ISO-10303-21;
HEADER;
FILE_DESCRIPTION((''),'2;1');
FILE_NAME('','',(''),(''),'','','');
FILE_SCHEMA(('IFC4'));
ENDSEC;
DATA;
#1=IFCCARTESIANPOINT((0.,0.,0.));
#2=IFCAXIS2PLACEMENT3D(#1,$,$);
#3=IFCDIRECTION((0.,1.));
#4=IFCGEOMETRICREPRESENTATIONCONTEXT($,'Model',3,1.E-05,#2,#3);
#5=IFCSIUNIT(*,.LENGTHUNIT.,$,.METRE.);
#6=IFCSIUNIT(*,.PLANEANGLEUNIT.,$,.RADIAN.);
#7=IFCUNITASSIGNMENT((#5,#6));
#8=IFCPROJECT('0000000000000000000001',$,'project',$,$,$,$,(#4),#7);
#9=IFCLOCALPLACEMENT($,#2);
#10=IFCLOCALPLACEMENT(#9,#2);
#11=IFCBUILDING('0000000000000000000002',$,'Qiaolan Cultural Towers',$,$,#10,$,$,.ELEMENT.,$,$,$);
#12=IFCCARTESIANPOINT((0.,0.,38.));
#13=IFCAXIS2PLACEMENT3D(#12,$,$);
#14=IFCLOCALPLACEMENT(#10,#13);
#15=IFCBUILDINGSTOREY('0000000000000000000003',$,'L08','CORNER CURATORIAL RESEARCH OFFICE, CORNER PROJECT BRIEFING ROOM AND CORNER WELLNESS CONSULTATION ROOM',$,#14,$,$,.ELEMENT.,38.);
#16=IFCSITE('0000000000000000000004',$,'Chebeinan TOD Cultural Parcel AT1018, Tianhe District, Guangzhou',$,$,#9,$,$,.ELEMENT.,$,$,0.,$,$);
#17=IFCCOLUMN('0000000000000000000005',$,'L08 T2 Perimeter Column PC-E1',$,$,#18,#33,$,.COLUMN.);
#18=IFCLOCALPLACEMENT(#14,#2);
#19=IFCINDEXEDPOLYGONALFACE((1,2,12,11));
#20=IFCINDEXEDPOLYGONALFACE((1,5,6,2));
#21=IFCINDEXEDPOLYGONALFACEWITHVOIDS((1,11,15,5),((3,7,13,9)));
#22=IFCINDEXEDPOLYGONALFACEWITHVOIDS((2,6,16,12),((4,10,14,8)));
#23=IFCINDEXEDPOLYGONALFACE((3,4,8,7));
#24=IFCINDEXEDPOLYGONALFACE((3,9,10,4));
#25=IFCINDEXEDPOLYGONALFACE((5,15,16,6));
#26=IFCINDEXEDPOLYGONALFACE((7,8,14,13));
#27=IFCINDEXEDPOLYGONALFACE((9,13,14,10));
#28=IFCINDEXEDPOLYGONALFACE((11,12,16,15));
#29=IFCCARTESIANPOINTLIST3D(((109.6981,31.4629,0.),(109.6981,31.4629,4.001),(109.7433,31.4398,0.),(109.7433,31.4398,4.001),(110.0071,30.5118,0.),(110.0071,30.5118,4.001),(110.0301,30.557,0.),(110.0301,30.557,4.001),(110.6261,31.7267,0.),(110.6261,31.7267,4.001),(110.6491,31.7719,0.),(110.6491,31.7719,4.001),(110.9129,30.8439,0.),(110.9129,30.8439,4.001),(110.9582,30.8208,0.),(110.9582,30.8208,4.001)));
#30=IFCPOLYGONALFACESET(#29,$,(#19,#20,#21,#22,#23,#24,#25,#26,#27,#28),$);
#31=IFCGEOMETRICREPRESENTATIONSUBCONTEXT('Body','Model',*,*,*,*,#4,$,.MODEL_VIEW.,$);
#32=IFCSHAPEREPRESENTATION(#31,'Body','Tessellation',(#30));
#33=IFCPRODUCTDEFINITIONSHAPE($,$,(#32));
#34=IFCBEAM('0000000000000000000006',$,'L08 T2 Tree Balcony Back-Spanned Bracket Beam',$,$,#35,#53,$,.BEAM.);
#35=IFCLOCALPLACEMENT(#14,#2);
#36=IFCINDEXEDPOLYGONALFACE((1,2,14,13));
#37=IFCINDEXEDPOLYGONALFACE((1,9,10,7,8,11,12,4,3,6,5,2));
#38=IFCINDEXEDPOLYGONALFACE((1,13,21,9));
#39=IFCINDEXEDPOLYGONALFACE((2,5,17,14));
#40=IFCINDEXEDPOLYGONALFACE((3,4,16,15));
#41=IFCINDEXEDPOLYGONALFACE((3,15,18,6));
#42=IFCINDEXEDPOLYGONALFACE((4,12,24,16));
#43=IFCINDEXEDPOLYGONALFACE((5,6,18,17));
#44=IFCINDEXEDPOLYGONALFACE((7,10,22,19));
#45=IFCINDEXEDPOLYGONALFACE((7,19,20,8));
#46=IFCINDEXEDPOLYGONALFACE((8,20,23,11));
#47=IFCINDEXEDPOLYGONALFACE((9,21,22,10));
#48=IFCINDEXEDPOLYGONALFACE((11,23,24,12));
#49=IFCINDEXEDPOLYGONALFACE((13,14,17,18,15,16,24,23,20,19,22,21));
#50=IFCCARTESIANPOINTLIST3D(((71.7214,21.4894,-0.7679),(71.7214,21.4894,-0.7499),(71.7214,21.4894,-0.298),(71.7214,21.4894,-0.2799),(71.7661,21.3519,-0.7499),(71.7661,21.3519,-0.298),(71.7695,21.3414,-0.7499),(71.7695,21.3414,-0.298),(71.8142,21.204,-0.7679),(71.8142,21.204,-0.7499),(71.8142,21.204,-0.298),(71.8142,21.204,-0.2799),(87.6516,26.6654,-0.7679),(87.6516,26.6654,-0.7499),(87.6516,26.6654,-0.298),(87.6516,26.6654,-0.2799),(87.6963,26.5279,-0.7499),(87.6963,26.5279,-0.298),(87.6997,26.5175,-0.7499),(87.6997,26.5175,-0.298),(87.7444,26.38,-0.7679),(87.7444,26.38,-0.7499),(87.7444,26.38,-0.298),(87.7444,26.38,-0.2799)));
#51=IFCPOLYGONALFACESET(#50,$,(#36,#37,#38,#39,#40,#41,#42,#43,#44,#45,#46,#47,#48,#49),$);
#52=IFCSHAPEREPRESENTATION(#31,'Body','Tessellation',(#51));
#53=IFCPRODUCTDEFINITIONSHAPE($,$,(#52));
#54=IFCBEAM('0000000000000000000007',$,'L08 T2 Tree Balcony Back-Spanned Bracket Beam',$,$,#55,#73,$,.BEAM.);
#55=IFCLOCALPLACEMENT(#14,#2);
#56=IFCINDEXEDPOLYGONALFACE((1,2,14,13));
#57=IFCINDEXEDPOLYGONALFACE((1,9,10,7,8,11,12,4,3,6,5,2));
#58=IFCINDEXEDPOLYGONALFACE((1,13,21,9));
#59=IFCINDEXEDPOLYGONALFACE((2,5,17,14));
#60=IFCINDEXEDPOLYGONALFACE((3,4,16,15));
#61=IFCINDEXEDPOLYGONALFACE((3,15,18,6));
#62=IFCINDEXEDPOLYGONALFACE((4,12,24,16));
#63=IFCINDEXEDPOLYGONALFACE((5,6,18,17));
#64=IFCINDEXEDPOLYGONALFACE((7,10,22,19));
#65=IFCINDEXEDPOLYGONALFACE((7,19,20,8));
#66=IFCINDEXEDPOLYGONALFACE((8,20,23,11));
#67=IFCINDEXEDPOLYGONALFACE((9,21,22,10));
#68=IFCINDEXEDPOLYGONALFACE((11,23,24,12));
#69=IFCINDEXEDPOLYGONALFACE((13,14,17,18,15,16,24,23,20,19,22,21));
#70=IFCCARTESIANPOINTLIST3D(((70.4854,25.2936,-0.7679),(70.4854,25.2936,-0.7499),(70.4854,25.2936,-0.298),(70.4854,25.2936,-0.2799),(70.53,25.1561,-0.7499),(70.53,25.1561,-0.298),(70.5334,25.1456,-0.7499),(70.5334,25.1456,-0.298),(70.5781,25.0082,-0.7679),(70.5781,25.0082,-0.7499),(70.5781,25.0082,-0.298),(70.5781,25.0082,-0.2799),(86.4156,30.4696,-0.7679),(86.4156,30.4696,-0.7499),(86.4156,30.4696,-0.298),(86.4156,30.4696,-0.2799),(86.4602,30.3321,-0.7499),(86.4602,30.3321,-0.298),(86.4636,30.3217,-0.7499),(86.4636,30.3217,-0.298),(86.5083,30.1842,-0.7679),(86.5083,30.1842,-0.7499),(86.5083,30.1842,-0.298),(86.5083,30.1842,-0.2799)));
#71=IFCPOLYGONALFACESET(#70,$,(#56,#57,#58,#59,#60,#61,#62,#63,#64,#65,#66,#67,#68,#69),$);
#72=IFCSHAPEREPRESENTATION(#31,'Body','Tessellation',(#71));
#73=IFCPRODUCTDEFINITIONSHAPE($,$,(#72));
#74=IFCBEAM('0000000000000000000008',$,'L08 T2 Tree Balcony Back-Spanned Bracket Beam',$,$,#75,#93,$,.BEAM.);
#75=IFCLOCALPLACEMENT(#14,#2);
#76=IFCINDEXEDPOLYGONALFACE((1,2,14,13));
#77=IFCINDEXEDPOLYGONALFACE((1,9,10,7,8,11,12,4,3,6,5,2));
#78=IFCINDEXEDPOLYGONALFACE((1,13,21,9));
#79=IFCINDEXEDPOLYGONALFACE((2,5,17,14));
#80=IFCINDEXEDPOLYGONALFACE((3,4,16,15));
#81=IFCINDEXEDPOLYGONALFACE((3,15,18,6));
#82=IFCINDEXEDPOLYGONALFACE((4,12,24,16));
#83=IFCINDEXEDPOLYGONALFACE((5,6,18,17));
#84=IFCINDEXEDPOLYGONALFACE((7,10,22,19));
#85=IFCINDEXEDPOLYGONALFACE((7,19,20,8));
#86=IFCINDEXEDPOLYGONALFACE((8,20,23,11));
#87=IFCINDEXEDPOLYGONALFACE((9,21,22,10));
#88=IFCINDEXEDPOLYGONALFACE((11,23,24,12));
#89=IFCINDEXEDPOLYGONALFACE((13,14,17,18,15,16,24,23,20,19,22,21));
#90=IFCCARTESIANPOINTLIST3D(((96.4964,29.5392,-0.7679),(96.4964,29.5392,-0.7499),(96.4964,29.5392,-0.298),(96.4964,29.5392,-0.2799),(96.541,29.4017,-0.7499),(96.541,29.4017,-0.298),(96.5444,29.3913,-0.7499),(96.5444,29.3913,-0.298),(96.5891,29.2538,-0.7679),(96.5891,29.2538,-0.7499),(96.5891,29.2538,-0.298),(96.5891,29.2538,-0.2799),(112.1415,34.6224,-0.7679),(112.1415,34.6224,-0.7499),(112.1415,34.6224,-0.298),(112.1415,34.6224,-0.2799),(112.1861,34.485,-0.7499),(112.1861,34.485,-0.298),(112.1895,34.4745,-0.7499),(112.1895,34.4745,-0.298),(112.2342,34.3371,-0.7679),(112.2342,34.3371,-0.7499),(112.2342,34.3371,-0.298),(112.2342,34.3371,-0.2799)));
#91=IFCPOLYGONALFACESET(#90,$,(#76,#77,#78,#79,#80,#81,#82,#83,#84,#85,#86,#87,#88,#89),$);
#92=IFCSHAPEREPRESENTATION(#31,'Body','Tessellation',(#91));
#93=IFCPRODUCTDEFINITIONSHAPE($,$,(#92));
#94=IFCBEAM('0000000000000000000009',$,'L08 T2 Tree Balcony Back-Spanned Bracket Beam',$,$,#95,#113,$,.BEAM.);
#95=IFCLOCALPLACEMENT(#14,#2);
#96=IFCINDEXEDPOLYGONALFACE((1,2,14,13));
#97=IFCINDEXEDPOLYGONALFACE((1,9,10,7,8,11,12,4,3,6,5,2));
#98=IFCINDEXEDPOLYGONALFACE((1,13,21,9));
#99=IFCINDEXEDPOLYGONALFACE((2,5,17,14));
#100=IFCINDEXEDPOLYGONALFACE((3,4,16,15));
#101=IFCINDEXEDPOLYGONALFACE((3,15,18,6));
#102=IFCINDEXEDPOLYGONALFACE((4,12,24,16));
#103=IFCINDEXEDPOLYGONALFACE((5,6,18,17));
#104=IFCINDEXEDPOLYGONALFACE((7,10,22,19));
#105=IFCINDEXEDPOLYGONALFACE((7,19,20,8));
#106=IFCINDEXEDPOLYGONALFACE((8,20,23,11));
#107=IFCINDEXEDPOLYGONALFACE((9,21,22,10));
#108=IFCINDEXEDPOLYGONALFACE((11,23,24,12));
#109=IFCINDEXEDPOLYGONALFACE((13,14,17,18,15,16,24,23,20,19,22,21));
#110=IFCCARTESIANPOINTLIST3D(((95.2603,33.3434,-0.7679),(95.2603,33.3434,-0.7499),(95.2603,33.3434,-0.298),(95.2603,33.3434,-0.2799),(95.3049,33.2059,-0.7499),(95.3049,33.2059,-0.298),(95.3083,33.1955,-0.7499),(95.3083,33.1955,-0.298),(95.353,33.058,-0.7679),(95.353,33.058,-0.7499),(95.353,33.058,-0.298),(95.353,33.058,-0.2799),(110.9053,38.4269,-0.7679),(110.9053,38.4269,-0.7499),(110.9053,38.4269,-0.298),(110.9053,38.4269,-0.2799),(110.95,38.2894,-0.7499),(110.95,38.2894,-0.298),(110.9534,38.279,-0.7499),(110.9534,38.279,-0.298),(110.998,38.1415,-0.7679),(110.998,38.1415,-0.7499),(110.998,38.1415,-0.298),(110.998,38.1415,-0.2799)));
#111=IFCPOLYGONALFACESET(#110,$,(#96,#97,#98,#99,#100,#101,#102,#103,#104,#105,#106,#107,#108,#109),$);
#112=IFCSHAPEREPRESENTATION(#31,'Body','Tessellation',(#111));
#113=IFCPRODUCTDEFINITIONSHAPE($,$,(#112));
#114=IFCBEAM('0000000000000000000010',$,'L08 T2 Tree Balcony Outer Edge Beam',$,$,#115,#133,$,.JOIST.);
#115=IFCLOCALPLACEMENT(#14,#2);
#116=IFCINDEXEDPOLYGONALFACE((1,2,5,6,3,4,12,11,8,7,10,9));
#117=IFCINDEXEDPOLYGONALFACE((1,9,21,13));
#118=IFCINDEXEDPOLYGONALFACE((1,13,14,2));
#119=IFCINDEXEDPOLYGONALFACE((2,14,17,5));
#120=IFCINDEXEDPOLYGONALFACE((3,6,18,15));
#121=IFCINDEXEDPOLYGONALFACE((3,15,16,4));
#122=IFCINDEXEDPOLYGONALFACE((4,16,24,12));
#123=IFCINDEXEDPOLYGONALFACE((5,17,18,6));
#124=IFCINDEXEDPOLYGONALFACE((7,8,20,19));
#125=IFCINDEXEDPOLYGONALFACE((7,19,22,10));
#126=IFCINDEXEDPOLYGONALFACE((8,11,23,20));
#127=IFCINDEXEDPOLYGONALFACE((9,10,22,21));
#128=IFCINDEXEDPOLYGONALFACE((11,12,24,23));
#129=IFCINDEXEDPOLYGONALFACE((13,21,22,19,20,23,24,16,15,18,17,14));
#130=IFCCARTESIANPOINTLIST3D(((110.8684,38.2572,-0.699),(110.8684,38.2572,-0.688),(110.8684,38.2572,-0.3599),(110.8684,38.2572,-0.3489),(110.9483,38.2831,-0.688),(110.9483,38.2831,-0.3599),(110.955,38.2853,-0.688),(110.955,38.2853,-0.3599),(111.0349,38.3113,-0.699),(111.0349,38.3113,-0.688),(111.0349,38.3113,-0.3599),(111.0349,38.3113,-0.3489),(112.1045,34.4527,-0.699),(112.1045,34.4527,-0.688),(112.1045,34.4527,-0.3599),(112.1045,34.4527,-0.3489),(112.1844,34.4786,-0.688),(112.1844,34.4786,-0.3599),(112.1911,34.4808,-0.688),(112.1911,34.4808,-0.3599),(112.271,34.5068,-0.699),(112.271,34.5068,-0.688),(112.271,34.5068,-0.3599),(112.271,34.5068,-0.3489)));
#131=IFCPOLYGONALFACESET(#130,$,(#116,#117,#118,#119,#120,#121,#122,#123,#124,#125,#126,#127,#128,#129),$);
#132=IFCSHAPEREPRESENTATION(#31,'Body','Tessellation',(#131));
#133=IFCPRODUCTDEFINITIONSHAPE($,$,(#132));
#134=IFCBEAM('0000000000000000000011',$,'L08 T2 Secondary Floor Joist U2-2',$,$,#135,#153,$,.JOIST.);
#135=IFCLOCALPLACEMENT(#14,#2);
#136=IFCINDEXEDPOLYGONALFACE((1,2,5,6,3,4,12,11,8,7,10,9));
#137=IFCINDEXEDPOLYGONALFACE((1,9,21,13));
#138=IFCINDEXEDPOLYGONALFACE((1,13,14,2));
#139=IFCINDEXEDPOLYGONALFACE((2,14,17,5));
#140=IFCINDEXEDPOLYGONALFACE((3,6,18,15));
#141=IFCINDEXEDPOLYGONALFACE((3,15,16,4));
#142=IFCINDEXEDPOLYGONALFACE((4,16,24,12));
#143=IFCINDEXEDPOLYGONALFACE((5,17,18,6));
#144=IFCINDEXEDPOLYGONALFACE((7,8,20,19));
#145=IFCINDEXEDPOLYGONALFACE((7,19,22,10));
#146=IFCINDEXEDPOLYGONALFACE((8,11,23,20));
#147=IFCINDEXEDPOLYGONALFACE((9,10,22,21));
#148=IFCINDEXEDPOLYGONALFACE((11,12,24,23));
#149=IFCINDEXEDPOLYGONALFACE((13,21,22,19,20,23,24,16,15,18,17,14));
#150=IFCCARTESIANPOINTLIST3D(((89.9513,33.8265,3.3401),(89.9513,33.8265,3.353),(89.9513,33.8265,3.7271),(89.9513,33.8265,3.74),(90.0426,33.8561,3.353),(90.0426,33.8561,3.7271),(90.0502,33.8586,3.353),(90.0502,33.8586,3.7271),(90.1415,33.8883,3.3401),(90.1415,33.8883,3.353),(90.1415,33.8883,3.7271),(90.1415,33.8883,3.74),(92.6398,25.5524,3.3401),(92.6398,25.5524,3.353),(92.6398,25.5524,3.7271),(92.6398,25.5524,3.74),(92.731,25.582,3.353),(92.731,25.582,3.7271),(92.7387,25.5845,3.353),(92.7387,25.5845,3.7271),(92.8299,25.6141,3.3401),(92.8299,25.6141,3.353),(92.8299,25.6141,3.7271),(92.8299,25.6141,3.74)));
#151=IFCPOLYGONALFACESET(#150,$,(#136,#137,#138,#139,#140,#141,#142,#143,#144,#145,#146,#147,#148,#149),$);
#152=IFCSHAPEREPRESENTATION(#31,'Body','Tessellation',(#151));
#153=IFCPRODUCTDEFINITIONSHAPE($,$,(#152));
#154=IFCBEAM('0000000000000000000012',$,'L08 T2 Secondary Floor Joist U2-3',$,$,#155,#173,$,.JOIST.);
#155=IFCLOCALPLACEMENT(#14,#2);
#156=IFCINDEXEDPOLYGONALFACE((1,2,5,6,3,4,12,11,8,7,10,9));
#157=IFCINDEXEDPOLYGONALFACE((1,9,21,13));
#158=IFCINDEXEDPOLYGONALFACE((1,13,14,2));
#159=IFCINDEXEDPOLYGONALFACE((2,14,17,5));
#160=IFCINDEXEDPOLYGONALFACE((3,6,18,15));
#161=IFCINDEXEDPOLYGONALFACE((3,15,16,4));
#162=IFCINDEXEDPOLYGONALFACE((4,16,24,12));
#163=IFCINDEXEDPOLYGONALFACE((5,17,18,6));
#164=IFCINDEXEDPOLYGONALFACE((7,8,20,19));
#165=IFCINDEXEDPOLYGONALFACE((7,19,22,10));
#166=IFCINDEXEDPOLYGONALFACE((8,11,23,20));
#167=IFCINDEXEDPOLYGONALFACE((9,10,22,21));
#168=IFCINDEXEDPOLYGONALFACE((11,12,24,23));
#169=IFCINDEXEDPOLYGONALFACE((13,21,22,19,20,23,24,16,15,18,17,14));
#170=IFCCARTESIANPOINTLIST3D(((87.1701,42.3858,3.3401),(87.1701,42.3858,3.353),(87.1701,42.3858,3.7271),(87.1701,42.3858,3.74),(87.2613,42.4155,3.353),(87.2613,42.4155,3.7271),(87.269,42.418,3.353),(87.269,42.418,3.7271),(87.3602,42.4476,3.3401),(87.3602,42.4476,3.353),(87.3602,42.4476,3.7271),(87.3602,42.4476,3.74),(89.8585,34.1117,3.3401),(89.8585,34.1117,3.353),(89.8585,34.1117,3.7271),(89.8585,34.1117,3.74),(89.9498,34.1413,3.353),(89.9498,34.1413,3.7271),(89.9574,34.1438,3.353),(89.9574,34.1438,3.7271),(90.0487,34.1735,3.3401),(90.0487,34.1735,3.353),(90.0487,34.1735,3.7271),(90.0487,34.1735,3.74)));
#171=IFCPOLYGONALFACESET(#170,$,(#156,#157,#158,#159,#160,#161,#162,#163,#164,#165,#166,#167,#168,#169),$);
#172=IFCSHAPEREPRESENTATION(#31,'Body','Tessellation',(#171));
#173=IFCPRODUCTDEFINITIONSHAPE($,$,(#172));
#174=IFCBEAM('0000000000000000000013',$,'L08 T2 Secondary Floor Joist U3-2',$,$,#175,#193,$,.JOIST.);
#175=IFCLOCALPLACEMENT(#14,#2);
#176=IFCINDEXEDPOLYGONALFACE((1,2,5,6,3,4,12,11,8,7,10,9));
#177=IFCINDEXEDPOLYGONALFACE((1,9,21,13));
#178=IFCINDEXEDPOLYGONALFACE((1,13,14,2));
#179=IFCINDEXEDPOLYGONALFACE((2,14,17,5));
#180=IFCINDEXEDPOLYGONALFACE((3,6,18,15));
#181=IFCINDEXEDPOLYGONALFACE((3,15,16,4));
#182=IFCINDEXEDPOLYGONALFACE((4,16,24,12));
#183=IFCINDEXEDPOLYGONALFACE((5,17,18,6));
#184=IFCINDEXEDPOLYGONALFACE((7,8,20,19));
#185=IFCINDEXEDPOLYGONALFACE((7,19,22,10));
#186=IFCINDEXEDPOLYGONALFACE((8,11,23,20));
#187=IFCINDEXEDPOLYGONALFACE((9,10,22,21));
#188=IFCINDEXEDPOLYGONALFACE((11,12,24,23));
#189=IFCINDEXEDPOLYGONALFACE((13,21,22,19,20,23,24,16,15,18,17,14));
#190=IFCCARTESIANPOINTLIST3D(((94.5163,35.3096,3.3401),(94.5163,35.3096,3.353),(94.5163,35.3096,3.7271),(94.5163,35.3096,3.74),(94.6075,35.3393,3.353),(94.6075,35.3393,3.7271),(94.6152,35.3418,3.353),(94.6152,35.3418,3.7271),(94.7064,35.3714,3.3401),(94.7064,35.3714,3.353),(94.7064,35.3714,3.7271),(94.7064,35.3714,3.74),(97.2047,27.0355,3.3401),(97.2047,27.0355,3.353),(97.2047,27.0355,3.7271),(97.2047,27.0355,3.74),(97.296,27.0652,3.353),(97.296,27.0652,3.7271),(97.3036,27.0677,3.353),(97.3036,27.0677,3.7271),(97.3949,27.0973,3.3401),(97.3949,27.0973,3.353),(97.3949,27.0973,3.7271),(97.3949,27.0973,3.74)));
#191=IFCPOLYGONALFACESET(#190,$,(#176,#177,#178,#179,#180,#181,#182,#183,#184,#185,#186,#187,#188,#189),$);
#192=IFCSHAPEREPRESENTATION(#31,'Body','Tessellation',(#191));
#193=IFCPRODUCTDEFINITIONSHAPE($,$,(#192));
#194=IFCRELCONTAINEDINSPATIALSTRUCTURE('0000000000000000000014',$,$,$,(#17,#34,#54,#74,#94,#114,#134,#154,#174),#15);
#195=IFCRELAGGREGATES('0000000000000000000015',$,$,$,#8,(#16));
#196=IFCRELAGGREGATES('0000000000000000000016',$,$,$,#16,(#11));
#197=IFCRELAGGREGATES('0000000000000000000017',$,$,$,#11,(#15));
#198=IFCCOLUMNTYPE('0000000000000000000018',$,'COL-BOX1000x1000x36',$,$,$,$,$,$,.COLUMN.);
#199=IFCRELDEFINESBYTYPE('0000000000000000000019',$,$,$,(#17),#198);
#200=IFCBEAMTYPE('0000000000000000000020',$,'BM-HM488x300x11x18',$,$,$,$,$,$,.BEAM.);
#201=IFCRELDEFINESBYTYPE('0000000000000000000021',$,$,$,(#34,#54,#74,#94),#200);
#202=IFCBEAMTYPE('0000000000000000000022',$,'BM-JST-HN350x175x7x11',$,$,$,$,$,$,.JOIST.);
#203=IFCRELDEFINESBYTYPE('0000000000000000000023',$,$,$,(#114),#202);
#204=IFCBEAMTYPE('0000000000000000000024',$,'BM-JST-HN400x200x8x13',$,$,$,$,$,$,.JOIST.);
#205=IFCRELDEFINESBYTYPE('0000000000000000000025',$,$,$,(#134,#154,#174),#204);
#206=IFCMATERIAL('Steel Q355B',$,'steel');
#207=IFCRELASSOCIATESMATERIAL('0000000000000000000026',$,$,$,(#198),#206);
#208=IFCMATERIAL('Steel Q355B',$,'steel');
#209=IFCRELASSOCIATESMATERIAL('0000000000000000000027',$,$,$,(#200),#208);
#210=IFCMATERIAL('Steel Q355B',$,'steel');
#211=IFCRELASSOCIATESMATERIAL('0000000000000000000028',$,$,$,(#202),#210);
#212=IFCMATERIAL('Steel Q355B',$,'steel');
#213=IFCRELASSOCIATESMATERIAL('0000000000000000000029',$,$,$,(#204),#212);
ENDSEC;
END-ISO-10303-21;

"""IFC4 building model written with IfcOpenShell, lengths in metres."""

from ifc_helpers import new_model, si_unit, direction, frame, origin, origin_2d, place, context, subcontext, project, spatial, hollow_rectangle, i_section, extrude, material, material_profile, profile_set, type_object, element, save


model = new_model("IFC4")

# Units and contexts
model_context = context("Model", 3, precision=1e-05, world=origin(), true_north=direction((0.0, 1.0)))
body_context = subcontext(model_context, "Body", "Model", "MODEL_VIEW")
ifc_project = project(units=[si_unit("LENGTHUNIT", "METRE"), si_unit("PLANEANGLEUNIT", "RADIAN")], contexts=[model_context])

# Site, building, storey
site_placement = place(None, origin())
site = spatial("IfcSite", under=ifc_project, at=site_placement, Name="Chebeinan TOD Cultural Parcel AT1018, Tianhe District, Guangzhou", CompositionType="ELEMENT", RefElevation=0.0)
building_placement = place(site_placement, origin())
building = spatial("IfcBuilding", under=site, at=building_placement, Name="Qiaolan Cultural Towers", CompositionType="ELEMENT")
storey_placement = place(building_placement, frame((0.0, 0.0, 38.0)))
storey = spatial("IfcBuildingStorey", under=building, at=storey_placement, Name="L08", Description="CORNER CURATORIAL RESEARCH OFFICE, CORNER PROJECT BRIEFING ROOM AND CORNER WELLNESS CONSULTATION ROOM", CompositionType="ELEMENT", Elevation=38.0)

# Column
ifc_material_1 = material(Name="Steel Q355B", Category="steel")
ifc_material_profile_1 = material_profile(ifc_material_1, hollow_rectangle(XDim=1.0, YDim=1.0, WallThickness=0.0359, at=origin_2d()), Name="BOX1000x1000x36")
ifc_profile_set_1 = profile_set([ifc_material_profile_1], Name="Steel Q355B")
column_type = type_object("IfcColumnType", Name="COL-BOX1000x1000x36", PredefinedType="COLUMN", material=ifc_profile_set_1)
column_placement = place(storey_placement, frame((110.3281, 31.1418, 0.0), z_axis=(0.0, 0.0, 1.0), x_axis=(0.951057, 0.309017, 0.0)))
element("IfcColumn", 1, at=column_placement, inside=storey, type_object=column_type, Name="L08 T2 Perimeter Column PC-E1", PredefinedType="COLUMN", context=body_context, shape_type="SweptSolid", body=[
    extrude(hollow_rectangle(XDim=1.0, YDim=1.0, WallThickness=0.0359, at=origin_2d()), origin(), (0.0, 0.0, 1.0), 4.001),
])

# Beams
ifc_material_2 = material(Name="Steel Q355B", Category="steel")
ifc_material_profile_2 = material_profile(ifc_material_2, i_section(OverallWidth=0.3, OverallDepth=0.488, WebThickness=0.011, FlangeThickness=0.0181, at=origin_2d()), Name="HM488x300x11x18")
ifc_profile_set_2 = profile_set([ifc_material_profile_2], Name="Steel Q355B")
beam_type_1 = type_object("IfcBeamType", Name="BM-HM488x300x11x18", PredefinedType="BEAM", material=ifc_profile_set_2)
for number, where, z_axis, x_axis, name in (
    (2, (87.698, 26.5227, -0.5239), (-0.951057, -0.309017, 0.0), (0.309017, -0.951057, 0.0), "L08 T2 Tree Balcony Back-Spanned Bracket Beam"),
    (3, (86.4619, 30.3269, -0.5239), (-0.951057, -0.309017, 0.0), (0.309017, -0.951057, 0.0), "L08 T2 Tree Balcony Back-Spanned Bracket Beam"),
):
    element("IfcBeam", number, at=place(storey_placement, frame(where, z_axis=z_axis, x_axis=x_axis)), inside=storey, type_object=beam_type_1, Name=name, PredefinedType="BEAM", context=body_context, shape_type="SweptSolid", body=[
        extrude(i_section(OverallWidth=0.3, OverallDepth=0.488, WebThickness=0.011, FlangeThickness=0.0181, at=origin_2d()), origin(), (0.0, 0.0, 1.0), 16.75),
    ])
for number, where, z_axis, x_axis, name in (
    (4, (96.5427, 29.3965, -0.5239), (0.951059, 0.30901, 0.0), (-0.30901, 0.951059, 0.0), "L08 T2 Tree Balcony Back-Spanned Bracket Beam"),
    (5, (95.3066, 33.2007, -0.5239), (0.951054, 0.309024, 0.0), (-0.309024, 0.951054, 0.0), "L08 T2 Tree Balcony Back-Spanned Bracket Beam"),
):
    element("IfcBeam", number, at=place(storey_placement, frame(where, z_axis=z_axis, x_axis=x_axis)), inside=storey, type_object=beam_type_1, Name=name, PredefinedType="BEAM", context=body_context, shape_type="SweptSolid", body=[
        extrude(i_section(OverallWidth=0.3, OverallDepth=0.488, WebThickness=0.011, FlangeThickness=0.0181, at=origin_2d()), origin(), (0.0, 0.0, 1.0), 16.4502),
    ])
ifc_material_3 = material(Name="Steel Q355B", Category="steel")
ifc_material_profile_3 = material_profile(ifc_material_3, i_section(OverallWidth=0.175, OverallDepth=0.3501, WebThickness=0.0071, FlangeThickness=0.011, at=origin_2d()), Name="HN350x175x7x11")
ifc_profile_set_3 = profile_set([ifc_material_profile_3], Name="Steel Q355B")
beam_type_2 = type_object("IfcBeamType", Name="BM-JST-HN350x175x7x11", PredefinedType="JOIST", material=ifc_profile_set_3)
beam_1_placement = place(storey_placement, frame((112.1877, 34.4797, -0.5239), z_axis=(-0.309005, 0.951061, 0.0), x_axis=(-0.951061, -0.309005, 0.0)))
element("IfcBeam", 6, at=beam_1_placement, inside=storey, type_object=beam_type_2, Name="L08 T2 Tree Balcony Outer Edge Beam", PredefinedType="JOIST", context=body_context, shape_type="SweptSolid", body=[
    extrude(i_section(OverallWidth=0.175, OverallDepth=0.3501, WebThickness=0.0071, FlangeThickness=0.011, at=origin_2d()), origin(), (0.0, 0.0, 1.0), 4.0002),
])
ifc_material_4 = material(Name="Steel Q355B", Category="steel")
ifc_material_profile_4 = material_profile(ifc_material_4, i_section(OverallWidth=0.2, OverallDepth=0.3999, WebThickness=0.0081, FlangeThickness=0.0129, at=origin_2d()), Name="HN400x200x8x13")
ifc_profile_set_4 = profile_set([ifc_material_profile_4], Name="Steel Q355B")
beam_type_3 = type_object("IfcBeamType", Name="BM-JST-HN400x200x8x13", PredefinedType="JOIST", material=ifc_profile_set_4)
for number, where, z_axis, x_axis, name in (
    (7, (92.7349, 25.5833, 3.54), (-0.309021, 0.951055, 0.0), (-0.951055, -0.309021, 0.0), "L08 T2 Secondary Floor Joist U2-2"),
    (8, (89.9536, 34.1426, 3.54), (-0.309021, 0.951055, 0.0), (-0.951055, -0.309021, 0.0), "L08 T2 Secondary Floor Joist U2-3"),
    (9, (97.2998, 27.0664, 3.54), (-0.309021, 0.951055, 0.0), (-0.951055, -0.309021, 0.0), "L08 T2 Secondary Floor Joist U3-2"),
):
    element("IfcBeam", number, at=place(storey_placement, frame(where, z_axis=z_axis, x_axis=x_axis)), inside=storey, type_object=beam_type_3, Name=name, PredefinedType="JOIST", context=body_context, shape_type="SweptSolid", body=[
        extrude(i_section(OverallWidth=0.2, OverallDepth=0.3999, WebThickness=0.0081, FlangeThickness=0.0129, at=origin_2d()), origin(), (0.0, 0.0, 1.0), 8.7),
    ])

save(model, "model.ifc")
